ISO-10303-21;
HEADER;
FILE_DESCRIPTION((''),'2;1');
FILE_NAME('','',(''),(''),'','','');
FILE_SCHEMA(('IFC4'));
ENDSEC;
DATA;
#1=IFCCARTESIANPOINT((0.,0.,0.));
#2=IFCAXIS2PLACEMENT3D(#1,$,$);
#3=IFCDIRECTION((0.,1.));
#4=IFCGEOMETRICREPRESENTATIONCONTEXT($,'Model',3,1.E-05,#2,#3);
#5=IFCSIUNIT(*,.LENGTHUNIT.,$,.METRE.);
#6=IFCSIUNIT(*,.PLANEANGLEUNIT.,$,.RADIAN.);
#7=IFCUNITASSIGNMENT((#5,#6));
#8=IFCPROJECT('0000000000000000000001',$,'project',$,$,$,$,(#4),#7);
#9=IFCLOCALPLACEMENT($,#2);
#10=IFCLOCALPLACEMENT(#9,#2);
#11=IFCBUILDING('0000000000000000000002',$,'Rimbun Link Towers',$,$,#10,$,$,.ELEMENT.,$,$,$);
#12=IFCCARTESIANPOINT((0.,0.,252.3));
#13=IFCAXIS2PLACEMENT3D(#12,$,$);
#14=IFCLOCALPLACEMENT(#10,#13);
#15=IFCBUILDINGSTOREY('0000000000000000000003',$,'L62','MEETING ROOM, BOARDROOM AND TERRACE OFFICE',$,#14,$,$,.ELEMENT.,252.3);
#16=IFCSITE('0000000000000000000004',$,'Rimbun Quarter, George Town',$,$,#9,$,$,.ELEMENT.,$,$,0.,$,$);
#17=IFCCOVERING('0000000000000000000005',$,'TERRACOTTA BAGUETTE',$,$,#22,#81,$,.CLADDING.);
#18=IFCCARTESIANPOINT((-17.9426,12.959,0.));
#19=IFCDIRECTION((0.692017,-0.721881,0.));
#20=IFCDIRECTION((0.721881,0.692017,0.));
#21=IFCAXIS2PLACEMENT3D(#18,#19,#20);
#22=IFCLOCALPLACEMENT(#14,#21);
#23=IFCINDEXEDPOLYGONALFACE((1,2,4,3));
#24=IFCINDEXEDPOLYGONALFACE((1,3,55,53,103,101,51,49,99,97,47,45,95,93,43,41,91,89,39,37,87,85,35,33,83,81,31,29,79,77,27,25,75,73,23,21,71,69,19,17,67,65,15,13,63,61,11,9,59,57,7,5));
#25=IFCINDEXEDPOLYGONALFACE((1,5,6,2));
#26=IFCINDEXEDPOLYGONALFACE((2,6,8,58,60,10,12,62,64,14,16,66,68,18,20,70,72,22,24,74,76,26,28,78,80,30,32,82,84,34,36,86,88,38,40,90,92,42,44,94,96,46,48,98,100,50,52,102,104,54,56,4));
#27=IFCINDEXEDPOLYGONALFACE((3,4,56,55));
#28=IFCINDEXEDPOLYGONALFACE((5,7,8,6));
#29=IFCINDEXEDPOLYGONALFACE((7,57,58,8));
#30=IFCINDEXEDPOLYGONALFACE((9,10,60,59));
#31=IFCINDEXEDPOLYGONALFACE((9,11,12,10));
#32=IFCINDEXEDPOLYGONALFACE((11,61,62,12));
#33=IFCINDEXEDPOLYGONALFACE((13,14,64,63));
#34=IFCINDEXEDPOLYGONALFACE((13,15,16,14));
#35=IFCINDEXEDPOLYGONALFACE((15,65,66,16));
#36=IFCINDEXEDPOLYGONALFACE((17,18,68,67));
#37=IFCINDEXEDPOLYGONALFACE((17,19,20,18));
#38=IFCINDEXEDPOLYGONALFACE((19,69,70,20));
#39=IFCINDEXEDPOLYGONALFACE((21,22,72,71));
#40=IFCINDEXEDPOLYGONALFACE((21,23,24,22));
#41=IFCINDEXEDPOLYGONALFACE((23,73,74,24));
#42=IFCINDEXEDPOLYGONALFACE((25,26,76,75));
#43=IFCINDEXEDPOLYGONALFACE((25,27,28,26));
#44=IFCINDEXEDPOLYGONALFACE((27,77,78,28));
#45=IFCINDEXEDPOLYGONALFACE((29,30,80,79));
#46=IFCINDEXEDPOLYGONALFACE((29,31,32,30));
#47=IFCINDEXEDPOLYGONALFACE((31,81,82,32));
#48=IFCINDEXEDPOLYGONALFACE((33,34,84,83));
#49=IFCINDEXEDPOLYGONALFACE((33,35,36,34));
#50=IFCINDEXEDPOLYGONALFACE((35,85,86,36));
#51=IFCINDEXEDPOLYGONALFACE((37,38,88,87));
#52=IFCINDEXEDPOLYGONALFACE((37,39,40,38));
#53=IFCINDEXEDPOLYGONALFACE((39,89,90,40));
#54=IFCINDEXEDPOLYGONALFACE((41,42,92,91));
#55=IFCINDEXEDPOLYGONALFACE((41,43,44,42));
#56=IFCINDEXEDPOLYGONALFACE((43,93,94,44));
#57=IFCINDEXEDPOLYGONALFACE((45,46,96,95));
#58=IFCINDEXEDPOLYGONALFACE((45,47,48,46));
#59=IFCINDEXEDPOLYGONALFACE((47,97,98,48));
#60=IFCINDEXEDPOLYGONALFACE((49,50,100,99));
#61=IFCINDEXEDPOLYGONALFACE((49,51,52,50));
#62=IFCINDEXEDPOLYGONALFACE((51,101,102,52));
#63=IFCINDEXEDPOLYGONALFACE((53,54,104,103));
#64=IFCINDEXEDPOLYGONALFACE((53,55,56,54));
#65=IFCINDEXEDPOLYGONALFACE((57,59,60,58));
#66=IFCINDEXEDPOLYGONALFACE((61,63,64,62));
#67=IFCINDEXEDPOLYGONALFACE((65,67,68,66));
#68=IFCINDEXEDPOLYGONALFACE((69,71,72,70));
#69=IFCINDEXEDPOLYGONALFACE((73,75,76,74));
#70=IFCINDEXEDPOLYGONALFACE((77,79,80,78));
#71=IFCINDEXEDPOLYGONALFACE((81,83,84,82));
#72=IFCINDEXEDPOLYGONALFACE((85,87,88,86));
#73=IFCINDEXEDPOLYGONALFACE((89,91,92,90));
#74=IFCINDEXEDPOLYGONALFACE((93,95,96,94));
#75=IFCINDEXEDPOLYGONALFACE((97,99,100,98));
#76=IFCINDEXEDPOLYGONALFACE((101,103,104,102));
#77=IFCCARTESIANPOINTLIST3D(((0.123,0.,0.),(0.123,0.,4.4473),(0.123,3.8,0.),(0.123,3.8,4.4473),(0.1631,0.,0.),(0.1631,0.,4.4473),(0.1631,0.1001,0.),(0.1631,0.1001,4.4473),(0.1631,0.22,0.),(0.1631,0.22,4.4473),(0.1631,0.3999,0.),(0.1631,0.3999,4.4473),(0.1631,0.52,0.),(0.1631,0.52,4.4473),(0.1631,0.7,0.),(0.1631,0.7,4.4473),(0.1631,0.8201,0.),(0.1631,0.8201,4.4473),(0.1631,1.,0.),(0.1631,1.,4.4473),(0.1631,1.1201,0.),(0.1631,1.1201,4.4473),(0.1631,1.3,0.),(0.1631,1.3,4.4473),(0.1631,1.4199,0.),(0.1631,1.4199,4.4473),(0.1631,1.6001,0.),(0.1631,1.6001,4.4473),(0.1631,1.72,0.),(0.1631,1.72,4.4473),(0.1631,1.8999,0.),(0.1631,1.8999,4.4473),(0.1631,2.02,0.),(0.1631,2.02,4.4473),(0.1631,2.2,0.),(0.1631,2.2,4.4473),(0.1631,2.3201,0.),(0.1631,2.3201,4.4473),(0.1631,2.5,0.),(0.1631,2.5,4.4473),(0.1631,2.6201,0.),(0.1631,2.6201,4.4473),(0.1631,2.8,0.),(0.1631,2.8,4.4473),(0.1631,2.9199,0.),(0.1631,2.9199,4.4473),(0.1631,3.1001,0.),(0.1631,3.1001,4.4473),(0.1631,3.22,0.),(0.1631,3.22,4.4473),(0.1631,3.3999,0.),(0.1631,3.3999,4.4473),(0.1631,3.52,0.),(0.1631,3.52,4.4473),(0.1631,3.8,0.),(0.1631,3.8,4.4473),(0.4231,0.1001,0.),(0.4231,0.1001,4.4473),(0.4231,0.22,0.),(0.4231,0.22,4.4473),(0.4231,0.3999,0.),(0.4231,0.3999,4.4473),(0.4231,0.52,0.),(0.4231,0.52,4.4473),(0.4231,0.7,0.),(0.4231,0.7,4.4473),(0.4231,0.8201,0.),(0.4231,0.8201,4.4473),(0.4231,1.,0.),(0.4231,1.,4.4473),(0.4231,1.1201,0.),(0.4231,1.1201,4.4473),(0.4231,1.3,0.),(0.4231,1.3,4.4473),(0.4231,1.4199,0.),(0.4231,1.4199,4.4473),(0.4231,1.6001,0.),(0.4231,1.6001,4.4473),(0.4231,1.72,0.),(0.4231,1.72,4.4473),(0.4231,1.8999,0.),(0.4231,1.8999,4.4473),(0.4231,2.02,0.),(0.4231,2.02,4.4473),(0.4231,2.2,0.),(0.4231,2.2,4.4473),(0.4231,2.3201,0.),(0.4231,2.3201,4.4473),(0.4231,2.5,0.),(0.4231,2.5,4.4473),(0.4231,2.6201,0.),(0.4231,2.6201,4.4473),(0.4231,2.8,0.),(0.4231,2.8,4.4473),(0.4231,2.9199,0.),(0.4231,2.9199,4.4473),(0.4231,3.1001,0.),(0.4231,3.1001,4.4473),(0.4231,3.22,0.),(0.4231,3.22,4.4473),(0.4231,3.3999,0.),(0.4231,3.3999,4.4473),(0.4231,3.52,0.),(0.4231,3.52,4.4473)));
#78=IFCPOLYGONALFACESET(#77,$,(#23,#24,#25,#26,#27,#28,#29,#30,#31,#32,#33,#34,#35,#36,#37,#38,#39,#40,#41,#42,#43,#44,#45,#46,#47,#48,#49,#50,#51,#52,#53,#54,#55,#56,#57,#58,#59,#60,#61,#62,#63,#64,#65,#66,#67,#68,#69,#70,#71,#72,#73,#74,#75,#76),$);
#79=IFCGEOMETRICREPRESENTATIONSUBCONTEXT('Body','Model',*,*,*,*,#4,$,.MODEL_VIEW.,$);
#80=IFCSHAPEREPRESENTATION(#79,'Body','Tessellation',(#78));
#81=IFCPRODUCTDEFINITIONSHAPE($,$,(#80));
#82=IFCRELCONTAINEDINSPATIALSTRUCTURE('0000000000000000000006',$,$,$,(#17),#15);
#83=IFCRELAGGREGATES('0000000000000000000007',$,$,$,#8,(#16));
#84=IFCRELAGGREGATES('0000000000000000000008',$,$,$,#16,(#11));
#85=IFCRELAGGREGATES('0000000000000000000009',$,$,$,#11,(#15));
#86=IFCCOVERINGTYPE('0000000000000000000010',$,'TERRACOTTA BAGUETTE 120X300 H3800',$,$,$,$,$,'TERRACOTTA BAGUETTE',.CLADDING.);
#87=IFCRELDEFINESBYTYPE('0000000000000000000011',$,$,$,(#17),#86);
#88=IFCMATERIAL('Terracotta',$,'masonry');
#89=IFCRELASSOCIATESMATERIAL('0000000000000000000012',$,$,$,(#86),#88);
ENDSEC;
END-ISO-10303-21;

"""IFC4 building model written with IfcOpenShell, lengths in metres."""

from ifc_helpers import new_model, si_unit, direction, frame, origin, place, context, subcontext, project, spatial, polyline, outline, extrude, material, material_profile, profile_set, type_object, element, save


model = new_model("IFC4")

# Units and contexts
model_context = context("Model", 3, precision=1e-05, world=origin(), true_north=direction((0.0, 1.0)))
body_context = subcontext(model_context, "Body", "Model", "MODEL_VIEW")
ifc_project = project(units=[si_unit("LENGTHUNIT", "METRE"), si_unit("PLANEANGLEUNIT", "RADIAN")], contexts=[model_context])

# Site, building, storey
site_placement = place(None, origin())
site = spatial("IfcSite", under=ifc_project, at=site_placement, Name="Rimbun Quarter, George Town", CompositionType="ELEMENT", RefElevation=0.0)
building_placement = place(site_placement, origin())
building = spatial("IfcBuilding", under=site, at=building_placement, Name="Rimbun Link Towers", CompositionType="ELEMENT")
storey_placement = place(building_placement, frame((0.0, 0.0, 252.3)))
storey = spatial("IfcBuildingStorey", under=building, at=storey_placement, Name="L62", Description="MEETING ROOM, BOARDROOM AND TERRACE OFFICE", CompositionType="ELEMENT", Elevation=252.3)

# Covering
ifc_material_1 = material(Name="Terracotta", Category="masonry")
ifc_material_profile_1 = material_profile(ifc_material_1, outline(polyline([(0.123, 0.0), (0.1631, 0.0), (0.1631, 0.1001), (0.4231, 0.1001), (0.4231, 0.22), (0.1631, 0.22), (0.1631, 0.3999), (0.4231, 0.3999), (0.4231, 0.52), (0.1631, 0.52), (0.1631, 0.7), (0.4231, 0.7), (0.4231, 0.8201), (0.1631, 0.8201), (0.1631, 1.0), (0.4231, 1.0), (0.4231, 1.1201), (0.1631, 1.1201), (0.1631, 1.3), (0.4231, 1.3), (0.4231, 1.4199), (0.1631, 1.4199), (0.1631, 1.6001), (0.4231, 1.6001), (0.4231, 1.72), (0.1631, 1.72), (0.1631, 1.8999), (0.4231, 1.8999), (0.4231, 2.02), (0.1631, 2.02), (0.1631, 2.2), (0.4231, 2.2), (0.4231, 2.3201), (0.1631, 2.3201), (0.1631, 2.5), (0.4231, 2.5), (0.4231, 2.6201), (0.1631, 2.6201), (0.1631, 2.8), (0.4231, 2.8), (0.4231, 2.9199), (0.1631, 2.9199), (0.1631, 3.1001), (0.4231, 3.1001), (0.4231, 3.22), (0.1631, 3.22), (0.1631, 3.3999), (0.4231, 3.3999), (0.4231, 3.52), (0.1631, 3.52), (0.1631, 3.8), (0.123, 3.8), (0.123, 0.0)])), Name="BAGUETTE 120X300")
ifc_profile_set_1 = profile_set([ifc_material_profile_1], Name="Terracotta")
covering_type_1 = type_object("IfcCoveringType", Name="TERRACOTTA BAGUETTE 120X300 H3800", ElementType="TERRACOTTA BAGUETTE", PredefinedType="CLADDING", material=ifc_profile_set_1)
covering_1_placement = place(storey_placement, frame((-17.9426, 12.959, 0.0), z_axis=(0.692017, -0.721881, 0.0), x_axis=(0.721881, 0.692017, 0.0)))
element("IfcCovering", 1, at=covering_1_placement, inside=storey, type_object=covering_type_1, Name="TERRACOTTA BAGUETTE", PredefinedType="CLADDING", context=body_context, shape_type="SweptSolid", body=[
    extrude(outline(polyline([(0.123, 0.0), (0.1631, 0.0), (0.1631, 0.1001), (0.4231, 0.1001), (0.4231, 0.22), (0.1631, 0.22), (0.1631, 0.3999), (0.4231, 0.3999), (0.4231, 0.52), (0.1631, 0.52), (0.1631, 0.7), (0.4231, 0.7), (0.4231, 0.8201), (0.1631, 0.8201), (0.1631, 1.0), (0.4231, 1.0), (0.4231, 1.1201), (0.1631, 1.1201), (0.1631, 1.3), (0.4231, 1.3), (0.4231, 1.4199), (0.1631, 1.4199), (0.1631, 1.6001), (0.4231, 1.6001), (0.4231, 1.72), (0.1631, 1.72), (0.1631, 1.8999), (0.4231, 1.8999), (0.4231, 2.02), (0.1631, 2.02), (0.1631, 2.2), (0.4231, 2.2), (0.4231, 2.3201), (0.1631, 2.3201), (0.1631, 2.5), (0.4231, 2.5), (0.4231, 2.6201), (0.1631, 2.6201), (0.1631, 2.8), (0.4231, 2.8), (0.4231, 2.9199), (0.1631, 2.9199), (0.1631, 3.1001), (0.4231, 3.1001), (0.4231, 3.22), (0.1631, 3.22), (0.1631, 3.3999), (0.4231, 3.3999), (0.4231, 3.52), (0.1631, 3.52), (0.1631, 3.8), (0.123, 3.8), (0.123, 0.0)])), origin(), (0.0, 0.0, 1.0), 4.4473),
])

save(model, "model.ifc")
